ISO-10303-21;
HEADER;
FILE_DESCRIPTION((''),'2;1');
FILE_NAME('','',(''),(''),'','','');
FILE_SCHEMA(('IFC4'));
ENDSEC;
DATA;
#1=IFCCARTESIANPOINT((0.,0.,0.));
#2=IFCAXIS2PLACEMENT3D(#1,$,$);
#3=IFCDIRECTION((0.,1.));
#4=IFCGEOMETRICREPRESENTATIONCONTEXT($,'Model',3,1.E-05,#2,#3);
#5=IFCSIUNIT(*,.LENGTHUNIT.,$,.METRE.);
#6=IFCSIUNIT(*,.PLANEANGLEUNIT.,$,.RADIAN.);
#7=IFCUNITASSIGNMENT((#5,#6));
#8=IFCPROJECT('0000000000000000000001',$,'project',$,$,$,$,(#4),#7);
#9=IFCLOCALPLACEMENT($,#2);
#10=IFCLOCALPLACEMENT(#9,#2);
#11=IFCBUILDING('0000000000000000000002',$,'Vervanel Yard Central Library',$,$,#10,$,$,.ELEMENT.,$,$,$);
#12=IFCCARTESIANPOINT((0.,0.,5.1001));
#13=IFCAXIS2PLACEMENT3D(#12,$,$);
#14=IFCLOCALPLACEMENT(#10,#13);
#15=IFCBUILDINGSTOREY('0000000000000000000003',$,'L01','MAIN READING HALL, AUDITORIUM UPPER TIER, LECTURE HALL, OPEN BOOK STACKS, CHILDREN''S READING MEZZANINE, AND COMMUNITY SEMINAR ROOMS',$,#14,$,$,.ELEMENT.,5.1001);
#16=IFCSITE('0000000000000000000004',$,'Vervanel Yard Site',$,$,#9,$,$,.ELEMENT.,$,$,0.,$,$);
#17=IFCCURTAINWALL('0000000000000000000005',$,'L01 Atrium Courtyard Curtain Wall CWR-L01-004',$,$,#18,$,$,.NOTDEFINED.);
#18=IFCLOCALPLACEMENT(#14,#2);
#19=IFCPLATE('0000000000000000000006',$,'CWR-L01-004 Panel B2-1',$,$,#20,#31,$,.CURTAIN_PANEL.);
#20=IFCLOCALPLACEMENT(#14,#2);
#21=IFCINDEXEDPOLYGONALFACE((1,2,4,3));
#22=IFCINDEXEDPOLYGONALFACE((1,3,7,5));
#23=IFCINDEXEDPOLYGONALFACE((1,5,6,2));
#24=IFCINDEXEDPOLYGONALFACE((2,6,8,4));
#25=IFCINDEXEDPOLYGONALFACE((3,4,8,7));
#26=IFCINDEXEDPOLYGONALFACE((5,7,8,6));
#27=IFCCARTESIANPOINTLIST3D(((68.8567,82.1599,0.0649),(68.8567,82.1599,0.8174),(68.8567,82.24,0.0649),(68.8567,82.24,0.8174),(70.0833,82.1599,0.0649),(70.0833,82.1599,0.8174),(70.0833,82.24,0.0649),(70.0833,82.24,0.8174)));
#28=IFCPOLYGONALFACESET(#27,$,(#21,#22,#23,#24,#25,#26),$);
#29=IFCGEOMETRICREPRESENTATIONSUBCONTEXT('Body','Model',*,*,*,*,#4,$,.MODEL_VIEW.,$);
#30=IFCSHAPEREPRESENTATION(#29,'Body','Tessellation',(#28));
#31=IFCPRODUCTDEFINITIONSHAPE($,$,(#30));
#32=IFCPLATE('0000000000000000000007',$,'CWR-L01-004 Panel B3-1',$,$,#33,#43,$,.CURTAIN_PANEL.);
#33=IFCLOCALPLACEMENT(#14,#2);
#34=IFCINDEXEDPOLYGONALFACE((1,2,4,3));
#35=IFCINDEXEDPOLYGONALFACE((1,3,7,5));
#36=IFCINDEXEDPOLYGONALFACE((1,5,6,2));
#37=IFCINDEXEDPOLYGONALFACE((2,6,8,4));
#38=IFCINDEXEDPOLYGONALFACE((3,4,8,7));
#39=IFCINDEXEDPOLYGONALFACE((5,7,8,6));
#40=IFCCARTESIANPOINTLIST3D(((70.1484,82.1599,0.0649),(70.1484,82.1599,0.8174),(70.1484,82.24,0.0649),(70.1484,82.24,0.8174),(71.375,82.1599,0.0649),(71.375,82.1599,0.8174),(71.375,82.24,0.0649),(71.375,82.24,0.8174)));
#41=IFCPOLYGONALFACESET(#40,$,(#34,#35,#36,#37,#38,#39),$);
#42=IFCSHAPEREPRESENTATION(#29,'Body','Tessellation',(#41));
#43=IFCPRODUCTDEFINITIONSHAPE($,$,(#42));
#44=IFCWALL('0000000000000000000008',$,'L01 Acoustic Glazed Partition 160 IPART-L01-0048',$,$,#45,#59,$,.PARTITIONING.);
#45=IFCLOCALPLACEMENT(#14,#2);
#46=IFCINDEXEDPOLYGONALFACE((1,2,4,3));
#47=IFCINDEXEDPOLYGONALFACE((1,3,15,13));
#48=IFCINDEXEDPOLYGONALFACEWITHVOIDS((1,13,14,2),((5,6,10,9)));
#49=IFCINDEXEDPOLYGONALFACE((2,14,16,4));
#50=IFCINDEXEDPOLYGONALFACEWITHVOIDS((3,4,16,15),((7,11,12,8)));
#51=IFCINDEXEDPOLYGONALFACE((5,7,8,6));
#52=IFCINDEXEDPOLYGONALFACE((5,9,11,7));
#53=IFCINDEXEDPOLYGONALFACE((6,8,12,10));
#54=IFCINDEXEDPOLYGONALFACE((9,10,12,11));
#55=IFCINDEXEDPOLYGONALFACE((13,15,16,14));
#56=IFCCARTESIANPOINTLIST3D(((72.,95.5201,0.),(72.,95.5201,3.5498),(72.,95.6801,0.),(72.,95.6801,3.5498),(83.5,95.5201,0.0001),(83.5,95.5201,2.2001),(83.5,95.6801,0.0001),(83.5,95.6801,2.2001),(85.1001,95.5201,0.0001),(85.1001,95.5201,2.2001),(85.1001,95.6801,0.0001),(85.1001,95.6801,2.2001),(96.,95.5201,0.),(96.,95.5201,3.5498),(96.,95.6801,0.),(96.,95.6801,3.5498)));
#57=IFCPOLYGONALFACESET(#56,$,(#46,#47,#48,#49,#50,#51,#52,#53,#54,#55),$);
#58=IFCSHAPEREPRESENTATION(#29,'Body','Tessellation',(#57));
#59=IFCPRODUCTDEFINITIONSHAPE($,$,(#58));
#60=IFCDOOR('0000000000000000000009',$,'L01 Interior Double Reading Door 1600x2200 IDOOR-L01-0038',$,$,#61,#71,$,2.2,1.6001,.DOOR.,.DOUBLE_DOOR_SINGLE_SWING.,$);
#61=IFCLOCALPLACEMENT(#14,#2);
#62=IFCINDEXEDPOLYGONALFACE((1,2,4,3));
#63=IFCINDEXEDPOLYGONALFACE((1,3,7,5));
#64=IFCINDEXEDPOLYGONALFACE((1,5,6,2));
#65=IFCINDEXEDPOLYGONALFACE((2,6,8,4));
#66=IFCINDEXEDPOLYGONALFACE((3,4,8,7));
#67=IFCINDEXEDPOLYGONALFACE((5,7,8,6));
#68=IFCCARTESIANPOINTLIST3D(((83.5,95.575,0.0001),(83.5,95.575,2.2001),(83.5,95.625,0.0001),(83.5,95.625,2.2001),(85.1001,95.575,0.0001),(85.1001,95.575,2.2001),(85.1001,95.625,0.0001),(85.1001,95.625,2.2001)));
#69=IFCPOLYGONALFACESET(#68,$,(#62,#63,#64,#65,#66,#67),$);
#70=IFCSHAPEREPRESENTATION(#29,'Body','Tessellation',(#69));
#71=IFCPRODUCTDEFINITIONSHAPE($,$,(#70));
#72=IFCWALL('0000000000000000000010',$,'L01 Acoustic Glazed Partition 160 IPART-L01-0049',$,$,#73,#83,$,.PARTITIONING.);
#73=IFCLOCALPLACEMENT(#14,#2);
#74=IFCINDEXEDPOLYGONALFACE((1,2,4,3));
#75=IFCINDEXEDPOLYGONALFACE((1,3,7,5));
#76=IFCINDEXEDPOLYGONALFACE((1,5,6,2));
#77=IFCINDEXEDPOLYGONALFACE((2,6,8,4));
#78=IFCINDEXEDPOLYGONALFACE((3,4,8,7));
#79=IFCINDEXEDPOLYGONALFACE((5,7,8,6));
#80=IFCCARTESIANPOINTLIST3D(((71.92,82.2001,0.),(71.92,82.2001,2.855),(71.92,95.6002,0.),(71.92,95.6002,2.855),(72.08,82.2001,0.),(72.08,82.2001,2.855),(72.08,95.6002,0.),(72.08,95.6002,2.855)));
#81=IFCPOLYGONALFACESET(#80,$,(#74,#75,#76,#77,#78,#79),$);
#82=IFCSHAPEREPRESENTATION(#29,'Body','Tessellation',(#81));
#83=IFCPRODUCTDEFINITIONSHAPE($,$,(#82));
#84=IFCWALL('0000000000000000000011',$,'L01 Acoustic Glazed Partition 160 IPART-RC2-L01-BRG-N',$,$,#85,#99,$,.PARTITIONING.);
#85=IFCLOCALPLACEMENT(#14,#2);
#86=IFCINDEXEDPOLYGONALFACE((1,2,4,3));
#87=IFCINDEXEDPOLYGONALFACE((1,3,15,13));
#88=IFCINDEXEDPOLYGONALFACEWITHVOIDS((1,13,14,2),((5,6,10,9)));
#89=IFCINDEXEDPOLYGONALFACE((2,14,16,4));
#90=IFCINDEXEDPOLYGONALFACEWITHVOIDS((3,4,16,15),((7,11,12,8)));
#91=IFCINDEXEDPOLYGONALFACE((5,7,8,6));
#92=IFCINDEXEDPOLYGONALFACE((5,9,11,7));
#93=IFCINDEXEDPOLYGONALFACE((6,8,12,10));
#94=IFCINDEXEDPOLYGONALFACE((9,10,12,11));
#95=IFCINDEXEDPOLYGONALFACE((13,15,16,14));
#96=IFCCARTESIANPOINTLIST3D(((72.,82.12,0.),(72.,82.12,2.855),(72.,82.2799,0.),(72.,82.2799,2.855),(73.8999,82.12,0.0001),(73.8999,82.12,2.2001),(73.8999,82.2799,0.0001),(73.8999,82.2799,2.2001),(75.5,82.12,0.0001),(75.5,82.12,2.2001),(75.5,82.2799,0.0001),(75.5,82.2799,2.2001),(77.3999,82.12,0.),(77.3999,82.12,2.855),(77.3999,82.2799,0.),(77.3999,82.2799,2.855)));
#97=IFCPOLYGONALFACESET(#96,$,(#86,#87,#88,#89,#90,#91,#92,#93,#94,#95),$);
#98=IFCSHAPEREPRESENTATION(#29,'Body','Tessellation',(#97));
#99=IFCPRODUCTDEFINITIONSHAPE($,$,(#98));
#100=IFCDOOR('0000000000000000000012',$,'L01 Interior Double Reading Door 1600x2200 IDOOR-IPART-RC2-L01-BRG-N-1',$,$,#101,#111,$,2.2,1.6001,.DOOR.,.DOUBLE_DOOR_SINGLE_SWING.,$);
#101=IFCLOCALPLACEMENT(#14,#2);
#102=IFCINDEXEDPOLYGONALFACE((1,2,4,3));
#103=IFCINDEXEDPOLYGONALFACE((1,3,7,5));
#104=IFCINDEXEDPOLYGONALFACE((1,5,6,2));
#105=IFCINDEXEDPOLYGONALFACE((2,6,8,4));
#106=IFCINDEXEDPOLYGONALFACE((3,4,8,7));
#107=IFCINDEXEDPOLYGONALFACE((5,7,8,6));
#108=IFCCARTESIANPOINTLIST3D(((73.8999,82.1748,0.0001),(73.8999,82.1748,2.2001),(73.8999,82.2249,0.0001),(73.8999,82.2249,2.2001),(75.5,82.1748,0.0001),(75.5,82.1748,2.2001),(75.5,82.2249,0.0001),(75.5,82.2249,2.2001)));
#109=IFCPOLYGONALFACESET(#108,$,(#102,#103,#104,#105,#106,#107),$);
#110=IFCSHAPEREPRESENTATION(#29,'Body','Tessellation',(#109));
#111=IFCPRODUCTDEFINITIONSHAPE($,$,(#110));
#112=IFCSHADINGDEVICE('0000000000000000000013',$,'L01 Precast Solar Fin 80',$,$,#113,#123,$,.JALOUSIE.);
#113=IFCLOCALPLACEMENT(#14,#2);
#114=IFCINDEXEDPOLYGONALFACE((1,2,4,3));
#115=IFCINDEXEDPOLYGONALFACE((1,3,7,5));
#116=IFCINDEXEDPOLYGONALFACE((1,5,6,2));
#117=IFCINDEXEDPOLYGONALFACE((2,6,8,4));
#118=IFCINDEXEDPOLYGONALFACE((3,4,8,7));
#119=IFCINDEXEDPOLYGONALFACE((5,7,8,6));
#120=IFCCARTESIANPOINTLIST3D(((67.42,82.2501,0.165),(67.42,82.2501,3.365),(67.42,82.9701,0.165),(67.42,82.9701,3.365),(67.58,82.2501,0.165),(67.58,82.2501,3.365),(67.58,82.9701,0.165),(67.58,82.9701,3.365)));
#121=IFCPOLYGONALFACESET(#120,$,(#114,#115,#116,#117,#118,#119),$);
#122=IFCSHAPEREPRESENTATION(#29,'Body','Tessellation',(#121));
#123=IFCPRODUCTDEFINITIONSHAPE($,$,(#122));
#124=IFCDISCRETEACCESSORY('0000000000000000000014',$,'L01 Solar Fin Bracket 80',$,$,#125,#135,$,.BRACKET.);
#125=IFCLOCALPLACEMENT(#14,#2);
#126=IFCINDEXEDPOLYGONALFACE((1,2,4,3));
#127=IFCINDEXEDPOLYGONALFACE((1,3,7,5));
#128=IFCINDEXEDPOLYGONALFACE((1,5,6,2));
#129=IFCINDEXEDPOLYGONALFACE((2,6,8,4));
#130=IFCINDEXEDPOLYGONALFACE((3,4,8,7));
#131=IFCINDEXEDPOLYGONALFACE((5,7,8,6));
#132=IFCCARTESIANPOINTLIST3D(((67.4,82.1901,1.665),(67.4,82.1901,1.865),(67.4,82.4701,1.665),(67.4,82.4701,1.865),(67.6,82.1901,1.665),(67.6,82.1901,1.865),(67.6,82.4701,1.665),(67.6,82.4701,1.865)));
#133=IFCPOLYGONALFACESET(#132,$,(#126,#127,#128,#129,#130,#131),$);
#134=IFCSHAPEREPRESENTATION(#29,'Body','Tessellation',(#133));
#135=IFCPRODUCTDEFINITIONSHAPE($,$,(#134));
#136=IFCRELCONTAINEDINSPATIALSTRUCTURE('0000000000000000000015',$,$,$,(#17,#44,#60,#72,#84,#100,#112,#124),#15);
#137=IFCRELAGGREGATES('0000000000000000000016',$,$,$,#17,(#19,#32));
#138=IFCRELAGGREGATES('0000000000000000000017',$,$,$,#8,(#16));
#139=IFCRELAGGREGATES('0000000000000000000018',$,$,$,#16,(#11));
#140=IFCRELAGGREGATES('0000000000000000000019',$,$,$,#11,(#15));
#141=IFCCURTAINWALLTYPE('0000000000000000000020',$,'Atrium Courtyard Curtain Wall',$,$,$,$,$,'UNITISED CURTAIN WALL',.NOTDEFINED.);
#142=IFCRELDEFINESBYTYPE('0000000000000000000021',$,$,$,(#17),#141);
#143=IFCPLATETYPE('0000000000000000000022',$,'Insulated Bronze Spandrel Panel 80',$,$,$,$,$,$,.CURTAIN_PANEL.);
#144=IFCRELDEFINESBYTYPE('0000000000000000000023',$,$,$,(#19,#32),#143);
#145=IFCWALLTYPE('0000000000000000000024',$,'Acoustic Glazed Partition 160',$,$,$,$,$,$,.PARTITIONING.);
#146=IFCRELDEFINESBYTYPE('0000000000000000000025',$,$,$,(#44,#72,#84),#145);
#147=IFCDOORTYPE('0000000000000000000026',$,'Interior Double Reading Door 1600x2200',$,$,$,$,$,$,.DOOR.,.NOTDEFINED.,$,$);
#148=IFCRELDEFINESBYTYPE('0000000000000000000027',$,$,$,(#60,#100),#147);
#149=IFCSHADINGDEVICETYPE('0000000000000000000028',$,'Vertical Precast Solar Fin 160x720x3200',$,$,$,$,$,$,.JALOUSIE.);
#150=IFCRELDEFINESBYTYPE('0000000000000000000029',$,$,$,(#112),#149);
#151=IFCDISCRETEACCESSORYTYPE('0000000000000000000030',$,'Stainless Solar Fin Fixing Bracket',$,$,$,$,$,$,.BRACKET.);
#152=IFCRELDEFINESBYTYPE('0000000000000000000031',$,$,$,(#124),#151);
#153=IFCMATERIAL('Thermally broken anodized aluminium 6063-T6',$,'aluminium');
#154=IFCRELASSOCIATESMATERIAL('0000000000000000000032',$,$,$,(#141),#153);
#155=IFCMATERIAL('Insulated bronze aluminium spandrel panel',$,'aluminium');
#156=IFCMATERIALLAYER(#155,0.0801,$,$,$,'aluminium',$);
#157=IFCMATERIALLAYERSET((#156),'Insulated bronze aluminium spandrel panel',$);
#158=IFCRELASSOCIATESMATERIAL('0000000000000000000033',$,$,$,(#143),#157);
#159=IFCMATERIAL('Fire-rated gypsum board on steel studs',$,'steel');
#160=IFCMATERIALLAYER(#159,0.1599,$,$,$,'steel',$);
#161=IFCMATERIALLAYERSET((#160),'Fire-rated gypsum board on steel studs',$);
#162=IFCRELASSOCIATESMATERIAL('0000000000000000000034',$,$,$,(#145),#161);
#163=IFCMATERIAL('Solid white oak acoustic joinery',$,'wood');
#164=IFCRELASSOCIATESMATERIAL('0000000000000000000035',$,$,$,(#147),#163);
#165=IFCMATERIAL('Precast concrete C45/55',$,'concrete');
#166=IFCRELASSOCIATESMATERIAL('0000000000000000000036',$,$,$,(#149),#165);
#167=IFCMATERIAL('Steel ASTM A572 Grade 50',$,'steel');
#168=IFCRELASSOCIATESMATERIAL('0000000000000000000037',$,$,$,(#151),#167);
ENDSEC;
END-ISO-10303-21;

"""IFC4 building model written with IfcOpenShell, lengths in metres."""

from ifc_helpers import new_model, si_unit, direction, frame, frame_2d, origin, origin_2d, place, context, subcontext, project, spatial, rectangle, extrude, material, layer, layer_set, type_object, element, fill, aggregate, save


model = new_model("IFC4")

# Units and contexts
model_context = context("Model", 3, precision=1e-05, world=origin(), true_north=direction((0.0, 1.0)))
body_context = subcontext(model_context, "Body", "Model", "MODEL_VIEW")
ifc_project = project(units=[si_unit("LENGTHUNIT", "METRE"), si_unit("PLANEANGLEUNIT", "RADIAN")], contexts=[model_context])

# Site, building, storey
site_placement = place(None, origin())
site = spatial("IfcSite", under=ifc_project, at=site_placement, Name="Vervanel Yard Site", CompositionType="ELEMENT", RefElevation=0.0)
building_placement = place(site_placement, origin())
building = spatial("IfcBuilding", under=site, at=building_placement, Name="Vervanel Yard Central Library", CompositionType="ELEMENT")
storey_placement = place(building_placement, frame((0.0, 0.0, 5.1001)))
storey = spatial("IfcBuildingStorey", under=building, at=storey_placement, Name="L01", Description="MAIN READING HALL, AUDITORIUM UPPER TIER, LECTURE HALL, OPEN BOOK STACKS, CHILDREN'S READING MEZZANINE, AND COMMUNITY SEMINAR ROOMS", CompositionType="ELEMENT", Elevation=5.1001)

# Curtain wall, plates
ifc_material_1 = material(Name="Thermally broken anodized aluminium 6063-T6", Category="aluminium")
curtain_wall_type = type_object("IfcCurtainWallType", Name="Atrium Courtyard Curtain Wall", ElementType="UNITISED CURTAIN WALL", PredefinedType="NOTDEFINED", material=ifc_material_1)
curtain_wall_placement = place(storey_placement, origin())
curtain_wall = element("IfcCurtainWall", 1, at=curtain_wall_placement, inside=storey, type_object=curtain_wall_type, Name="L01 Atrium Courtyard Curtain Wall CWR-L01-004", PredefinedType="NOTDEFINED")
ifc_material_2 = material(Name="Insulated bronze aluminium spandrel panel", Category="aluminium")
ifc_layer_1 = layer(ifc_material_2, 0.0801, Category="aluminium")
ifc_layer_set_1 = layer_set([ifc_layer_1], Name="Insulated bronze aluminium spandrel panel")
plate_type_1 = type_object("IfcPlateType", Name="Insulated Bronze Spandrel Panel 80", PredefinedType="CURTAIN_PANEL", material=ifc_layer_set_1)
plate_1_placement = place(storey_placement, frame((69.47, 82.2, 0.0649), z_axis=(0.0, 0.0, 1.0), x_axis=(1.0, 0.0, 0.0)))
plate_1 = element("IfcPlate", 2, at=plate_1_placement, type_object=plate_type_1, Name="CWR-L01-004 Panel B2-1", PredefinedType="CURTAIN_PANEL", context=body_context, shape_type="SweptSolid", body=[
    extrude(rectangle(XDim=1.2266, YDim=0.0801, at=origin_2d()), origin(), (0.0, 0.0, 1.0), 0.7524),
])
plate_2_placement = place(storey_placement, frame((70.7617, 82.2, 0.0649), z_axis=(0.0, 0.0, 1.0), x_axis=(1.0, 0.0, 0.0)))
plate_2 = element("IfcPlate", 3, at=plate_2_placement, type_object=plate_type_1, Name="CWR-L01-004 Panel B3-1", PredefinedType="CURTAIN_PANEL", context=body_context, shape_type="SweptSolid", body=[
    extrude(rectangle(XDim=1.2266, YDim=0.0801, at=origin_2d()), origin(), (0.0, 0.0, 1.0), 0.7524),
])
aggregate(curtain_wall, [plate_1, plate_2])

# Wall, opening, door
ifc_material_3 = material(Name="Fire-rated gypsum board on steel studs", Category="steel")
ifc_layer_2 = layer(ifc_material_3, 0.1599, Category="steel")
ifc_layer_set_2 = layer_set([ifc_layer_2], Name="Fire-rated gypsum board on steel studs")
wall_type = type_object("IfcWallType", Name="Acoustic Glazed Partition 160", PredefinedType="PARTITIONING", material=ifc_layer_set_2)
wall_1_placement = place(storey_placement, frame((72.0, 95.6001, 0.0), z_axis=(0.0, 0.0, 1.0), x_axis=(1.0, 0.0, 0.0)))
wall_1 = element("IfcWall", 4, at=wall_1_placement, inside=storey, type_object=wall_type, Name="L01 Acoustic Glazed Partition 160 IPART-L01-0048", PredefinedType="PARTITIONING", context=body_context, shape_type="SweptSolid", body=[
    extrude(rectangle(XDim=24.0, YDim=0.1599, at=frame_2d((12.0, 0.0))), origin(), (0.0, 0.0, 1.0), 3.5498),
])
opening_1_placement = place(wall_1_placement, frame((11.5, 0.0, 0.0)))
opening_1 = element("IfcOpeningElement", 5, at=opening_1_placement, cuts=wall_1, PredefinedType="OPENING", context=body_context, shape_type="SweptSolid", body=[
    extrude(rectangle(XDim=1.6001, YDim=2.2, at=frame_2d((0.8, 1.1001))), frame((0.0, 0.0898, 0.0), z_axis=(0.0, -1.0, 0.0), x_axis=(1.0, 0.0, 0.0)), (0.0, 0.0, 1.0), 0.1799),
])
ifc_material_4 = material(Name="Solid white oak acoustic joinery", Category="wood")
door_type = type_object("IfcDoorType", Name="Interior Double Reading Door 1600x2200", OperationType="NOTDEFINED", PredefinedType="DOOR", material=ifc_material_4)
door_1_placement = place(opening_1_placement, origin())
door_1 = element("IfcDoor", 6, at=door_1_placement, inside=storey, type_object=door_type, Name="L01 Interior Double Reading Door 1600x2200 IDOOR-L01-0038", OperationType="DOUBLE_DOOR_SINGLE_SWING", OverallHeight=2.2, OverallWidth=1.6001, PredefinedType="DOOR", context=body_context, shape_type="SweptSolid", body=[
    extrude(rectangle(XDim=1.6001, YDim=2.2, at=frame_2d((0.8, 1.1001))), frame((0.0, 0.0249, 0.0), z_axis=(0.0, -1.0, 0.0), x_axis=(1.0, 0.0, 0.0)), (0.0, 0.0, 1.0), 0.05),
])
fill(opening_1, door_1)

# Wall
wall_2_placement = place(storey_placement, frame((72.0, 82.2, 0.0), z_axis=(0.0, 0.0, 1.0), x_axis=(0.0, 1.0, 0.0)))
element("IfcWall", 7, at=wall_2_placement, inside=storey, type_object=wall_type, Name="L01 Acoustic Glazed Partition 160 IPART-L01-0049", PredefinedType="PARTITIONING", context=body_context, shape_type="SweptSolid", body=[
    extrude(rectangle(XDim=13.4001, YDim=0.1599, at=frame_2d((6.7002, 0.0))), origin(), (0.0, 0.0, 1.0), 2.855),
])

# Wall, opening, door
wall_3_placement = place(storey_placement, frame((72.0, 82.2, 0.0), z_axis=(0.0, 0.0, 1.0), x_axis=(1.0, 0.0, 0.0)))
wall_3 = element("IfcWall", 8, at=wall_3_placement, inside=storey, type_object=wall_type, Name="L01 Acoustic Glazed Partition 160 IPART-RC2-L01-BRG-N", PredefinedType="PARTITIONING", context=body_context, shape_type="SweptSolid", body=[
    extrude(rectangle(XDim=5.3999, YDim=0.1599, at=frame_2d((2.7, 0.0))), origin(), (0.0, 0.0, 1.0), 2.855),
])
opening_2_placement = place(wall_3_placement, frame((1.8999, 0.0, 0.0)))
opening_2 = element("IfcOpeningElement", 9, at=opening_2_placement, cuts=wall_3, PredefinedType="OPENING", context=body_context, shape_type="SweptSolid", body=[
    extrude(rectangle(XDim=1.6001, YDim=2.2, at=frame_2d((0.8, 1.1001))), frame((0.0, 0.0898, 0.0), z_axis=(0.0, -1.0, 0.0), x_axis=(1.0, 0.0, 0.0)), (0.0, 0.0, 1.0), 0.1799),
])
door_2_placement = place(opening_2_placement, origin())
door_2 = element("IfcDoor", 10, at=door_2_placement, inside=storey, type_object=door_type, Name="L01 Interior Double Reading Door 1600x2200 IDOOR-IPART-RC2-L01-BRG-N-1", OperationType="DOUBLE_DOOR_SINGLE_SWING", OverallHeight=2.2, OverallWidth=1.6001, PredefinedType="DOOR", context=body_context, shape_type="SweptSolid", body=[
    extrude(rectangle(XDim=1.6001, YDim=2.2, at=frame_2d((0.8, 1.1001))), frame((0.0, 0.0249, 0.0), z_axis=(0.0, -1.0, 0.0), x_axis=(1.0, 0.0, 0.0)), (0.0, 0.0, 1.0), 0.05),
])
fill(opening_2, door_2)

# Shading device
ifc_material_5 = material(Name="Precast concrete C45/55", Category="concrete")
shading_device_type = type_object("IfcShadingDeviceType", Name="Vertical Precast Solar Fin 160x720x3200", PredefinedType="JALOUSIE", material=ifc_material_5)
shading_device_placement = place(storey_placement, frame((67.5, 82.6101, 0.165), z_axis=(0.0, 0.0, 1.0), x_axis=(1.0, 0.0, 0.0)))
element("IfcShadingDevice", 11, at=shading_device_placement, inside=storey, type_object=shading_device_type, Name="L01 Precast Solar Fin 80", PredefinedType="JALOUSIE", context=body_context, shape_type="SweptSolid", body=[
    extrude(rectangle(XDim=0.1599, YDim=0.72, at=origin_2d()), origin(), (0.0, 0.0, 1.0), 3.2),
])

# Discrete accessory
ifc_material_6 = material(Name="Steel ASTM A572 Grade 50", Category="steel")
discrete_accessory_type = type_object("IfcDiscreteAccessoryType", Name="Stainless Solar Fin Fixing Bracket", PredefinedType="BRACKET", material=ifc_material_6)
discrete_accessory_placement = place(storey_placement, frame((67.5, 82.3301, 1.665), z_axis=(0.0, 0.0, 1.0), x_axis=(1.0, 0.0, 0.0)))
element("IfcDiscreteAccessory", 12, at=discrete_accessory_placement, inside=storey, type_object=discrete_accessory_type, Name="L01 Solar Fin Bracket 80", PredefinedType="BRACKET", context=body_context, shape_type="SweptSolid", body=[
    extrude(rectangle(XDim=0.2, YDim=0.28, at=origin_2d()), origin(), (0.0, 0.0, 1.0), 0.2),
])

save(model, "model.ifc")
